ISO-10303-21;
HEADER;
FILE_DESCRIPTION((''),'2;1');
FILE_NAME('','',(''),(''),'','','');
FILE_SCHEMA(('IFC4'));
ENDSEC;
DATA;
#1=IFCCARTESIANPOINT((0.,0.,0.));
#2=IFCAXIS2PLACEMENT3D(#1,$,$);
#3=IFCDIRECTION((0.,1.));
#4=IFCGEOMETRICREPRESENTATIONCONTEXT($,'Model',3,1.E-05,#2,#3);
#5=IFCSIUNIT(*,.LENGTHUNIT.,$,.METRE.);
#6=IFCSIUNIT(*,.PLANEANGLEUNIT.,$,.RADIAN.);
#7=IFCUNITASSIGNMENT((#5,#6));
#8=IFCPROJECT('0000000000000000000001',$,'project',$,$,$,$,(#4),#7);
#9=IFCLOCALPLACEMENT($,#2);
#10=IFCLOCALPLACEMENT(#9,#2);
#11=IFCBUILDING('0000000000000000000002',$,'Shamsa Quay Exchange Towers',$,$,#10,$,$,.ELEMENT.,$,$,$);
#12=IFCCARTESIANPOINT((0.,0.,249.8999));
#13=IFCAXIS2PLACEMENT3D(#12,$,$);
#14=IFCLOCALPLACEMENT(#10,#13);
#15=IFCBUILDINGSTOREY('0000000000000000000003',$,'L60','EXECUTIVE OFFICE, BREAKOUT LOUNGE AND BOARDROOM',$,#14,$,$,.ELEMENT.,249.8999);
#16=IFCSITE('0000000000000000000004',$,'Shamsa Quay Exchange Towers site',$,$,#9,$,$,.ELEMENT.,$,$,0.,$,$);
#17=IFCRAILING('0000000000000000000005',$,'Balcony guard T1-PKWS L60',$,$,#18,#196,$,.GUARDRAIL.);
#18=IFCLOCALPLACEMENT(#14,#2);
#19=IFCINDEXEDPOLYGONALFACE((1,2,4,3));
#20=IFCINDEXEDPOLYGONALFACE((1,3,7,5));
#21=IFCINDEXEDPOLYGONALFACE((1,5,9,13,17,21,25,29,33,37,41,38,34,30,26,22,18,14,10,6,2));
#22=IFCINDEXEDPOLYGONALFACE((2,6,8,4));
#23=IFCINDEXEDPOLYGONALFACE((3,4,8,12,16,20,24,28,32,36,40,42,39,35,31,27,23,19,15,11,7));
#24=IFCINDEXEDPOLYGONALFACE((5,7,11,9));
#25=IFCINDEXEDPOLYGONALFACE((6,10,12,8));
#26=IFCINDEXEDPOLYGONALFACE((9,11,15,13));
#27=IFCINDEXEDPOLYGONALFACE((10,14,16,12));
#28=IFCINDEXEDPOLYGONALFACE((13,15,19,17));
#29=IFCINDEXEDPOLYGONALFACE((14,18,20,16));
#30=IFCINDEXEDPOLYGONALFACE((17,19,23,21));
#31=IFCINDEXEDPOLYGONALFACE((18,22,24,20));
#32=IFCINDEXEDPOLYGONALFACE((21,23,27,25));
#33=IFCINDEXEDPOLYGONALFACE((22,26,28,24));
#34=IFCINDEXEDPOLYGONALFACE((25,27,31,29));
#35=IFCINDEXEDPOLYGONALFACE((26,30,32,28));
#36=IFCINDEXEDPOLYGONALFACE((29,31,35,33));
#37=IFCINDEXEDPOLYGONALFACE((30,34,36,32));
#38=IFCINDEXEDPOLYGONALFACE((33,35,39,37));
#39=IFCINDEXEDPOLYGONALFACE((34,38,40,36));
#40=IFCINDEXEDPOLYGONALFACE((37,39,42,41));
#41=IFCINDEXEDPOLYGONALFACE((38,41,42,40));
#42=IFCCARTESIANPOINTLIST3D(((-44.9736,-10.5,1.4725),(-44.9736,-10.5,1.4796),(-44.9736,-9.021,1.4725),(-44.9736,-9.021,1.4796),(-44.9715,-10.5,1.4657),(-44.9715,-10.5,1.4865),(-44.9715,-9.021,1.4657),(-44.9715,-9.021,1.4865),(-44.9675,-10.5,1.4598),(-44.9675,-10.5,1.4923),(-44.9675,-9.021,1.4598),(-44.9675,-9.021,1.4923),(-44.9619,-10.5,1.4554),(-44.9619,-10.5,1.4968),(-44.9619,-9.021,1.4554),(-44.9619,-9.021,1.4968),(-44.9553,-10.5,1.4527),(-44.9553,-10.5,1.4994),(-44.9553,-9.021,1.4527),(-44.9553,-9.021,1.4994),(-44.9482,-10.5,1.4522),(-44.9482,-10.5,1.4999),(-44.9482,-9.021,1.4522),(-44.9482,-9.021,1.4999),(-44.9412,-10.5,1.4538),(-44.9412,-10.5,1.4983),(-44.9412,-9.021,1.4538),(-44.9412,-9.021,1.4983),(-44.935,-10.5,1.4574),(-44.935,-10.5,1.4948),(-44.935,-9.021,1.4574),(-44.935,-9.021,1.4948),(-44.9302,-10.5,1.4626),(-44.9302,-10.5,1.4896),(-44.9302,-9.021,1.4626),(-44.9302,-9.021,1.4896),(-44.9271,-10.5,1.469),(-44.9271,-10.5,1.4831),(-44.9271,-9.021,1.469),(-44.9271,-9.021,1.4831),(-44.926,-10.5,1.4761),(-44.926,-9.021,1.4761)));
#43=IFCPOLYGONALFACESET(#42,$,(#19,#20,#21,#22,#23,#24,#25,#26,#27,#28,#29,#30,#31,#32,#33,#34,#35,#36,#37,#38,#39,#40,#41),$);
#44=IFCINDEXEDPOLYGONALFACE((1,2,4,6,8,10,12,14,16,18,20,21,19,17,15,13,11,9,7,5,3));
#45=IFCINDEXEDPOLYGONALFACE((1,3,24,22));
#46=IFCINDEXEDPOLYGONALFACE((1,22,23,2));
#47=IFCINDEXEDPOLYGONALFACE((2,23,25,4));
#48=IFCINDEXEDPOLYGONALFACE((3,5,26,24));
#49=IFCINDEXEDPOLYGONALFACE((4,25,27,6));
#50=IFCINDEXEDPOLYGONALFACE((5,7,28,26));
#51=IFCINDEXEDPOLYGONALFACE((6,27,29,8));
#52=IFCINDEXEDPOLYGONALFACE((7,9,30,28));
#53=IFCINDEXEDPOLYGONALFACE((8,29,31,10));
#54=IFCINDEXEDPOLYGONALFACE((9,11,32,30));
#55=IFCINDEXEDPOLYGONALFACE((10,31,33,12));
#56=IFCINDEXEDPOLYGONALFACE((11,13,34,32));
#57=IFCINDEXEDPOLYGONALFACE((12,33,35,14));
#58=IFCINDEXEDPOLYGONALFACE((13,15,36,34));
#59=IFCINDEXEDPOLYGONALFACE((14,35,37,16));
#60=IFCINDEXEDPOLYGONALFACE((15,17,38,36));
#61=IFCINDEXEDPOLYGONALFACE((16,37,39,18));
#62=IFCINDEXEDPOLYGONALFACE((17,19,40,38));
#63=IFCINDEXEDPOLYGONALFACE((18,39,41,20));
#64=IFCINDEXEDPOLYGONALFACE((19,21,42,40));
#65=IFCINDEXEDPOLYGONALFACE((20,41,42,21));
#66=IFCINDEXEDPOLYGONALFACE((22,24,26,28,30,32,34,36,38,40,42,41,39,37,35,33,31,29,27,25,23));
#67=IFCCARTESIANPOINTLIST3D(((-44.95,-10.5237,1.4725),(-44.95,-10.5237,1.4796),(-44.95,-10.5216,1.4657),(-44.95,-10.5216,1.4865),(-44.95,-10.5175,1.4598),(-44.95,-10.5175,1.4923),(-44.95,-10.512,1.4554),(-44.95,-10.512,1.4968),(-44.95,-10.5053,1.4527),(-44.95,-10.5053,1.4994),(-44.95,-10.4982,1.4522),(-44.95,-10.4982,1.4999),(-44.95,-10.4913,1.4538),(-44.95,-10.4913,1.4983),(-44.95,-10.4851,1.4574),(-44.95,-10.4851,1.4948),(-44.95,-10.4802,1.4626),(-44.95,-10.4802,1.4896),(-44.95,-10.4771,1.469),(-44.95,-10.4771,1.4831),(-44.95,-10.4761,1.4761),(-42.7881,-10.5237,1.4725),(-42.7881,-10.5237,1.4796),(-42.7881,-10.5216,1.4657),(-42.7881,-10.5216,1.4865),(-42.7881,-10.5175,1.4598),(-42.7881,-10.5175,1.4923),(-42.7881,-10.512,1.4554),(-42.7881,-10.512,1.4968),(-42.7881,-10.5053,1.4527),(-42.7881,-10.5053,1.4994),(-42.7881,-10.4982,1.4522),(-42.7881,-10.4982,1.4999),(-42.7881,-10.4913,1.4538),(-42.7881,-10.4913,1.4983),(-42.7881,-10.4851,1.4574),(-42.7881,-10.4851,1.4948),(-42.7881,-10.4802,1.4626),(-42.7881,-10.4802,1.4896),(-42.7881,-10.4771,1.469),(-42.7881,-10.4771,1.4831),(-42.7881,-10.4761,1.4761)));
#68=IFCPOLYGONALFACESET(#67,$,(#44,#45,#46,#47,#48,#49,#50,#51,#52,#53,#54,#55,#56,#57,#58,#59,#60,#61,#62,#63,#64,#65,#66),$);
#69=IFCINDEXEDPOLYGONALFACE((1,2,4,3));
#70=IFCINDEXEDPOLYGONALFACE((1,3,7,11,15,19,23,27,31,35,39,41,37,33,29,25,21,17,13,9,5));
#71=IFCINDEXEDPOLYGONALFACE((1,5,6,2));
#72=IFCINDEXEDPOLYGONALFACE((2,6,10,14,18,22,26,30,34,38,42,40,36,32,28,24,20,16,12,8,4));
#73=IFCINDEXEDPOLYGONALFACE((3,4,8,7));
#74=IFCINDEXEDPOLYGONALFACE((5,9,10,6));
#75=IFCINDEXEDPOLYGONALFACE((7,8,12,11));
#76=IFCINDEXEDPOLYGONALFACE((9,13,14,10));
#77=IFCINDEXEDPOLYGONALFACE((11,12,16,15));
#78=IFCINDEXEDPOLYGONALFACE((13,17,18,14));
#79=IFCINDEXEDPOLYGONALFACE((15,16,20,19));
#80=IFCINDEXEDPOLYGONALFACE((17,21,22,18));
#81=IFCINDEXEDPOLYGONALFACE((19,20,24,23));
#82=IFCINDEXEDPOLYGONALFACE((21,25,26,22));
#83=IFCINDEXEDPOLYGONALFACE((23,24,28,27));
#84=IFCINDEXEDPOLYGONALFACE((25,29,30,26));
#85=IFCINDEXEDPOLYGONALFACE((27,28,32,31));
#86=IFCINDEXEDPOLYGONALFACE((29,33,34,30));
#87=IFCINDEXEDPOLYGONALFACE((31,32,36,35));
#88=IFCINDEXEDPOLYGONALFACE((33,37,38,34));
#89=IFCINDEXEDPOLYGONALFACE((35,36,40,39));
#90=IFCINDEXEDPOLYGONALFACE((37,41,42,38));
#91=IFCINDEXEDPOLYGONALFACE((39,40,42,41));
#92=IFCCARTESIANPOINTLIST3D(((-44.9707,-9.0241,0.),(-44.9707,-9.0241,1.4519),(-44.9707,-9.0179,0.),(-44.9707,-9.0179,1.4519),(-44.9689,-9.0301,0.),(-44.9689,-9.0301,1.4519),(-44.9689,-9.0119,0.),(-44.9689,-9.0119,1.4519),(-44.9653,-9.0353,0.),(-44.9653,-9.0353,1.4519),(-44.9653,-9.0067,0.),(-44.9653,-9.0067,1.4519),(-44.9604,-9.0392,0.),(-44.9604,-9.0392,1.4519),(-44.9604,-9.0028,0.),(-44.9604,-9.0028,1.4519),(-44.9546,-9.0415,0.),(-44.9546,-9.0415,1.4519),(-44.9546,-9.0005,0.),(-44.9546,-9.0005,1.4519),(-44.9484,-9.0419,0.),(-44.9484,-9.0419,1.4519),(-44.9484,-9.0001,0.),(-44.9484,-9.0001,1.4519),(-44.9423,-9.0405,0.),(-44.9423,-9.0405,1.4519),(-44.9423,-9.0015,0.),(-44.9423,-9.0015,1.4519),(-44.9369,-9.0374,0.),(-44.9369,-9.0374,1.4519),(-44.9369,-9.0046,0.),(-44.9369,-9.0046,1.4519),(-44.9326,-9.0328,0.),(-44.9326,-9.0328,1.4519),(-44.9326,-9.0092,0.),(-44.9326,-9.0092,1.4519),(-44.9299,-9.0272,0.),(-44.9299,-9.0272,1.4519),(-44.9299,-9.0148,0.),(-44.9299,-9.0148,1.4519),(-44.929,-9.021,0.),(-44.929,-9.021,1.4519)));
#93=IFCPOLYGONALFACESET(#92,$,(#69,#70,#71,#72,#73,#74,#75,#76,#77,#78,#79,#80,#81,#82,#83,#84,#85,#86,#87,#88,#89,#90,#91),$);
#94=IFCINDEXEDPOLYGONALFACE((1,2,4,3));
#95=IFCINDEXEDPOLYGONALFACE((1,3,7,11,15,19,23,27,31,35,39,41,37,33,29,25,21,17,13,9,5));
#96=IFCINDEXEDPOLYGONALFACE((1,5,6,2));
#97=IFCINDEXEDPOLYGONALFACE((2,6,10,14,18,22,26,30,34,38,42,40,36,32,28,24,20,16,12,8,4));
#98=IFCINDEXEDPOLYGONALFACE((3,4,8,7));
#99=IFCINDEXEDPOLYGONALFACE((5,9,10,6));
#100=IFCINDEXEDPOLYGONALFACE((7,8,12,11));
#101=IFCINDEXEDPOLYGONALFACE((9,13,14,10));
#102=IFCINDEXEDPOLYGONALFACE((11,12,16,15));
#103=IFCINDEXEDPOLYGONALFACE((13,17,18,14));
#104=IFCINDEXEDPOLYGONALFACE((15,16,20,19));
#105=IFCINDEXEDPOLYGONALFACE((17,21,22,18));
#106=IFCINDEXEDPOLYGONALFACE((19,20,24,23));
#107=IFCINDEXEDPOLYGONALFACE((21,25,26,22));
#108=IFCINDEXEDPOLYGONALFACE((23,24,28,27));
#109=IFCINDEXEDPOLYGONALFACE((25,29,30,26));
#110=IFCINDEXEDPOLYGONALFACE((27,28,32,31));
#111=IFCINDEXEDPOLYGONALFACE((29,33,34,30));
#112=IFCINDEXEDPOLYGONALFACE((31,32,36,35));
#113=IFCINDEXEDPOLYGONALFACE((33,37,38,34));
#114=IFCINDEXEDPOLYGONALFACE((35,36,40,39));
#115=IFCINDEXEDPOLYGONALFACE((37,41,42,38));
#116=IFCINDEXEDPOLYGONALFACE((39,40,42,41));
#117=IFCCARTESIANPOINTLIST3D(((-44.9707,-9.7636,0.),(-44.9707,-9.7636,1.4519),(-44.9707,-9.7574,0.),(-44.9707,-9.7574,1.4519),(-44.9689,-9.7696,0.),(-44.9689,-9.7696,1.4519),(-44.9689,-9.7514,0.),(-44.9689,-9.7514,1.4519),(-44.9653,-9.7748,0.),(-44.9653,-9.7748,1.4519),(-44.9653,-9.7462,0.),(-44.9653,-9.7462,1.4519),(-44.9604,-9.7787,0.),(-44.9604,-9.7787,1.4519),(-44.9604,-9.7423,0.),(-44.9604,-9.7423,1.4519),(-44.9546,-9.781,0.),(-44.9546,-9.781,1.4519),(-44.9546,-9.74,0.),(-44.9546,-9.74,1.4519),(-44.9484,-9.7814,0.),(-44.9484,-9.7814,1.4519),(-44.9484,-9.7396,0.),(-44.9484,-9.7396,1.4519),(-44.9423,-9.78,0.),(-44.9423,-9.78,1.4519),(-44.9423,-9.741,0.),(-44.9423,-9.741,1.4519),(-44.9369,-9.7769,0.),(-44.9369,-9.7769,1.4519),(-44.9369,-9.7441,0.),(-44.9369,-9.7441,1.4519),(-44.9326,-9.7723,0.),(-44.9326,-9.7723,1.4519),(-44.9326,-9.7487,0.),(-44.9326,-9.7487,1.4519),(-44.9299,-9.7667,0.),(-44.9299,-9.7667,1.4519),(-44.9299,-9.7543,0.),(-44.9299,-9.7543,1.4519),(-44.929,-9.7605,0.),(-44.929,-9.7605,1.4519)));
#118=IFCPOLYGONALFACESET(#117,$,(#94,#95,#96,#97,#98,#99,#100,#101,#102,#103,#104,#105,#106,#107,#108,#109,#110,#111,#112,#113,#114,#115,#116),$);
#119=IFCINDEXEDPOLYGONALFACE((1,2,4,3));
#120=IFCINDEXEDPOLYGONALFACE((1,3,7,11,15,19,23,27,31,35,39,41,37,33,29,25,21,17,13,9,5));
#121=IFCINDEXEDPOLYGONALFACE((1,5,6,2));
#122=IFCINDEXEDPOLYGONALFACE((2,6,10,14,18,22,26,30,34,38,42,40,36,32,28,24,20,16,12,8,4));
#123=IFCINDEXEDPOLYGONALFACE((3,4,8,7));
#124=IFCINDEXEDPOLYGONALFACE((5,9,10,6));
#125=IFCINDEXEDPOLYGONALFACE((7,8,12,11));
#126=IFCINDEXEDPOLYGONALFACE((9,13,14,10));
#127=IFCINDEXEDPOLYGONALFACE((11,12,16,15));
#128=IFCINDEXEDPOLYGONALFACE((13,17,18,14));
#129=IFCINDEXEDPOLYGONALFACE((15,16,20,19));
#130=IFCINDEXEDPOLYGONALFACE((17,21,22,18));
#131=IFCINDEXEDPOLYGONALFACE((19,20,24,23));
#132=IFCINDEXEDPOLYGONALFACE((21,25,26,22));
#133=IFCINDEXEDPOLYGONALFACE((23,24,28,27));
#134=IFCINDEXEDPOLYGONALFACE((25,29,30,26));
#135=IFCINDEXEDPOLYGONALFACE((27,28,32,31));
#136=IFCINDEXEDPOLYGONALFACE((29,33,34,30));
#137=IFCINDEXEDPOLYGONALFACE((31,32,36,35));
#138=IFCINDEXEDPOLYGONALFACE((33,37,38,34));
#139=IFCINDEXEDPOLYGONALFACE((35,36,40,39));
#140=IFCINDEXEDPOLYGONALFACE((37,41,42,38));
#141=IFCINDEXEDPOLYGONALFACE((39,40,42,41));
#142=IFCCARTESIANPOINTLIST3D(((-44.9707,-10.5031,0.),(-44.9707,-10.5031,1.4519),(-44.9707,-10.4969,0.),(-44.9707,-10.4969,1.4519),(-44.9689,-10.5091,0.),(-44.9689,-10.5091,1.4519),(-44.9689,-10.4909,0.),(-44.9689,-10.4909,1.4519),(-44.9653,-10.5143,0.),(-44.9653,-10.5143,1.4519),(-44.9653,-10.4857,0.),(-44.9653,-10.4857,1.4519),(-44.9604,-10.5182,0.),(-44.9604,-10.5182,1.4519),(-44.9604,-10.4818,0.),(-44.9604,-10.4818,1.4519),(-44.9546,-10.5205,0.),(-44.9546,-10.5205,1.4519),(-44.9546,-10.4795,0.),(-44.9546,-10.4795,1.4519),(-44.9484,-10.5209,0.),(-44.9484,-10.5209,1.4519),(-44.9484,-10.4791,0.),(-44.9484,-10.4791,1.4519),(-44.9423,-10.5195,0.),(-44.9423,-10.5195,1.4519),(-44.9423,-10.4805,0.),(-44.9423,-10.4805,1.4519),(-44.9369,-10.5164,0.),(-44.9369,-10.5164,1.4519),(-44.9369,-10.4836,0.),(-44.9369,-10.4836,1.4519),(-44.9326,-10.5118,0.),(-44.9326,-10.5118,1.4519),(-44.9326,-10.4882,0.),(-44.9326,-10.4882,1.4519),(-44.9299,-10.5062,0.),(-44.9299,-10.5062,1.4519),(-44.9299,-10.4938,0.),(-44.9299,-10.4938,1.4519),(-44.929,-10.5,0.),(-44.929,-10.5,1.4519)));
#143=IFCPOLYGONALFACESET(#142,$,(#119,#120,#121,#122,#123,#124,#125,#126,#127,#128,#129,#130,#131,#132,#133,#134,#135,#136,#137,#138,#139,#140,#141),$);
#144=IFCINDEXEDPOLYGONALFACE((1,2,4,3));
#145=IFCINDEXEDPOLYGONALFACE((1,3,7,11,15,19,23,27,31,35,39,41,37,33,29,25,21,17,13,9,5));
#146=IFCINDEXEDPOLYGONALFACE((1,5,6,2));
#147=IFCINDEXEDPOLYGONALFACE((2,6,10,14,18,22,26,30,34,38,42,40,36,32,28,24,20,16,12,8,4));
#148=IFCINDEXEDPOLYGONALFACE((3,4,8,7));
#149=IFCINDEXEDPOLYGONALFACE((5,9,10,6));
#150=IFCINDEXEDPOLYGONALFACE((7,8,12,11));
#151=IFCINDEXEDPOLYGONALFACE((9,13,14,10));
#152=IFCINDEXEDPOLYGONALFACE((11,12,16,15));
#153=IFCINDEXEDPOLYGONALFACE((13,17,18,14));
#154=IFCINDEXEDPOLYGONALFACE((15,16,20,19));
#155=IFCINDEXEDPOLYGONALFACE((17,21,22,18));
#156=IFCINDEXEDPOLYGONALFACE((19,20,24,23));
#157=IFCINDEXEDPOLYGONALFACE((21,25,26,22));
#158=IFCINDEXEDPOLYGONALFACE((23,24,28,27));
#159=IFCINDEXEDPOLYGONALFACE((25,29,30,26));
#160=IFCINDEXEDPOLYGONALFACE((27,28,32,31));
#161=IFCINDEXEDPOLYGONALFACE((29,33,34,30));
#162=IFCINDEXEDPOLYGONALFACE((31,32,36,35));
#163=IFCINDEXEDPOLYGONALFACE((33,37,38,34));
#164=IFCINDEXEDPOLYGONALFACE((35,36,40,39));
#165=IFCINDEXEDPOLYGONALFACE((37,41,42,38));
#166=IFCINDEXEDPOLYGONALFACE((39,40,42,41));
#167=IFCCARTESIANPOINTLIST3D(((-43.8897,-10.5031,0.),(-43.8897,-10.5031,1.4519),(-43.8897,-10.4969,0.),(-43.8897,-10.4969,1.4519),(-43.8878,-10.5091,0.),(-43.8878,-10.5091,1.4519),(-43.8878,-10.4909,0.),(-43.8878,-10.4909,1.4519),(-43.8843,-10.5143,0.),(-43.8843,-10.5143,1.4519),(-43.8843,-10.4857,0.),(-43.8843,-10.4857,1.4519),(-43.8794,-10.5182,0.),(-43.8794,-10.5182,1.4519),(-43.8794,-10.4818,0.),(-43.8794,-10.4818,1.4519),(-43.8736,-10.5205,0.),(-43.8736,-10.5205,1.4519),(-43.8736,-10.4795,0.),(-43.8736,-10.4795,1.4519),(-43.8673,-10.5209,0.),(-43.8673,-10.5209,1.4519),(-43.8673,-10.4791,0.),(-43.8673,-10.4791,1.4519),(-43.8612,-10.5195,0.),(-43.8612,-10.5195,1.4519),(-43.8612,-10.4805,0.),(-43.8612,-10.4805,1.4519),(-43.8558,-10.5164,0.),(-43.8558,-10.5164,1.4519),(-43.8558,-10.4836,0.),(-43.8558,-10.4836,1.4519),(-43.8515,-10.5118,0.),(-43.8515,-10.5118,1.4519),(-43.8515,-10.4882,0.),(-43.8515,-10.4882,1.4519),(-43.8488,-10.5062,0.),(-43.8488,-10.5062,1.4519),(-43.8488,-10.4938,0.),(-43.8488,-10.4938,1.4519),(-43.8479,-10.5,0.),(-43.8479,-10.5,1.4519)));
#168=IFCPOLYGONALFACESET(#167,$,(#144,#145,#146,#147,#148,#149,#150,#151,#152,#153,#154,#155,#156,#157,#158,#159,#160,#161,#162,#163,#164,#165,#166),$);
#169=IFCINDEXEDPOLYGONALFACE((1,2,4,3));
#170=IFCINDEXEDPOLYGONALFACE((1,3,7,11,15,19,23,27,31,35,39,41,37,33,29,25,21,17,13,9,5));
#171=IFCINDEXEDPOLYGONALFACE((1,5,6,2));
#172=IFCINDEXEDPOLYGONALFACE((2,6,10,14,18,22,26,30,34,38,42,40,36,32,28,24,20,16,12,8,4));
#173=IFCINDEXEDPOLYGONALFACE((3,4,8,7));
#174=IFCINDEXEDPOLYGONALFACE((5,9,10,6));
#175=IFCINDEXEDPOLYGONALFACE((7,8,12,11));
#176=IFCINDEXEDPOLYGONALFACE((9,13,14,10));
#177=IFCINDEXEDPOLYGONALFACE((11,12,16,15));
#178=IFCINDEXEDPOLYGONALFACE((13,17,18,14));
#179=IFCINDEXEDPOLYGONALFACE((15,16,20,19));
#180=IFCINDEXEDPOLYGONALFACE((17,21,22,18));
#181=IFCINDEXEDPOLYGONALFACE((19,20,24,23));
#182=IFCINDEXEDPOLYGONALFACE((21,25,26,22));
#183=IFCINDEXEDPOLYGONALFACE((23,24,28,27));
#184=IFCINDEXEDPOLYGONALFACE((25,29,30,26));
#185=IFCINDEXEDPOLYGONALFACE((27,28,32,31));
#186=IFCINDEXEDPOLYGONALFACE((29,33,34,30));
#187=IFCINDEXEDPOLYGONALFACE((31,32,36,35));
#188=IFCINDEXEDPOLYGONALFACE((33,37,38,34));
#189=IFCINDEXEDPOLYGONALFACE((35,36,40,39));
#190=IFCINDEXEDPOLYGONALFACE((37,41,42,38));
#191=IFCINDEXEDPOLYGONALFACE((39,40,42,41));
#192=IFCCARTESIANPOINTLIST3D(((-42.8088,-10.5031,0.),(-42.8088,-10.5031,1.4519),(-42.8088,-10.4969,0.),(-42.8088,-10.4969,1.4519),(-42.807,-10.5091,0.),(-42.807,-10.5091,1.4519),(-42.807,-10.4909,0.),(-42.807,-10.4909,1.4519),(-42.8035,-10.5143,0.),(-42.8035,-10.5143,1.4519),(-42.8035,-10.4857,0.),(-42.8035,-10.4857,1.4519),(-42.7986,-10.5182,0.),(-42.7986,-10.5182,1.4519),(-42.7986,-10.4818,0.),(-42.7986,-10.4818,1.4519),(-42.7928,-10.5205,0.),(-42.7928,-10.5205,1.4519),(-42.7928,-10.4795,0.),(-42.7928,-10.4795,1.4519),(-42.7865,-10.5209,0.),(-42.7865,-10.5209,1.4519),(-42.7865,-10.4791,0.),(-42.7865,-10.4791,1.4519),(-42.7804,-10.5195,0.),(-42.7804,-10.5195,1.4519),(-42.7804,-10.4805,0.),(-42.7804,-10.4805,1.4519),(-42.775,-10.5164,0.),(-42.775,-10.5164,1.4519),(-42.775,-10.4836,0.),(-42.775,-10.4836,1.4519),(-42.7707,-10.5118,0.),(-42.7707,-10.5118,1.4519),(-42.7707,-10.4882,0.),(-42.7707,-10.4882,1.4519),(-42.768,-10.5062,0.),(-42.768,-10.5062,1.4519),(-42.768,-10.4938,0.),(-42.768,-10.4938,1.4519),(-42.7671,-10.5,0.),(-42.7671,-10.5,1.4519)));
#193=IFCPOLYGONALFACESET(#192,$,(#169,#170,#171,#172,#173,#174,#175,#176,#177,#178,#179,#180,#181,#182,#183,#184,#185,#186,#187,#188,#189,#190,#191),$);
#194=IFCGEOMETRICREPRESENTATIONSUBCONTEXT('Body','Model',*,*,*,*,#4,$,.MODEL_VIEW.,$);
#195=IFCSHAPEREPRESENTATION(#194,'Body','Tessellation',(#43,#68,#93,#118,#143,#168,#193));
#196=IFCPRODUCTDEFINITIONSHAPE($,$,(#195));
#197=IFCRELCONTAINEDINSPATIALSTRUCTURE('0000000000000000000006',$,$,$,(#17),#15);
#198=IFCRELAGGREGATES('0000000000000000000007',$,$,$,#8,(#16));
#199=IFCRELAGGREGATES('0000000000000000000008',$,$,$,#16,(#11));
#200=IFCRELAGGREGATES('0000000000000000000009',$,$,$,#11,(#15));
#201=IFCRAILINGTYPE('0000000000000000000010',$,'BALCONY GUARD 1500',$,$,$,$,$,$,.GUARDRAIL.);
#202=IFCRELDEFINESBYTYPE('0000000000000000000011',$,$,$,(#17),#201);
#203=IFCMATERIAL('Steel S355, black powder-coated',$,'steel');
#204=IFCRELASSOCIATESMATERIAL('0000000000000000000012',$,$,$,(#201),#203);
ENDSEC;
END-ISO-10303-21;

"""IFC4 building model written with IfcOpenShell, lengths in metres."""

from ifc_helpers import new_model, si_unit, direction, frame, origin, origin_2d, place, context, subcontext, project, spatial, circle, extrude, material, type_object, element, save


model = new_model("IFC4")

# Units and contexts
model_context = context("Model", 3, precision=1e-05, world=origin(), true_north=direction((0.0, 1.0)))
body_context = subcontext(model_context, "Body", "Model", "MODEL_VIEW")
ifc_project = project(units=[si_unit("LENGTHUNIT", "METRE"), si_unit("PLANEANGLEUNIT", "RADIAN")], contexts=[model_context])

# Site, building, storey
site_placement = place(None, origin())
site = spatial("IfcSite", under=ifc_project, at=site_placement, Name="Shamsa Quay Exchange Towers site", CompositionType="ELEMENT", RefElevation=0.0)
building_placement = place(site_placement, origin())
building = spatial("IfcBuilding", under=site, at=building_placement, Name="Shamsa Quay Exchange Towers", CompositionType="ELEMENT")
storey_placement = place(building_placement, frame((0.0, 0.0, 249.8999)))
storey = spatial("IfcBuildingStorey", under=building, at=storey_placement, Name="L60", Description="EXECUTIVE OFFICE, BREAKOUT LOUNGE AND BOARDROOM", CompositionType="ELEMENT", Elevation=249.8999)

# Railing
ifc_material_1 = material(Name="Steel S355, black powder-coated", Category="steel")
railing_type_1 = type_object("IfcRailingType", Name="BALCONY GUARD 1500", PredefinedType="GUARDRAIL", material=ifc_material_1)
for number, where, name in (
    (1, (-44.95, -9.021, 0.0), "Balcony guard T1-PKWS L60"),
):
    element("IfcRailing", number, at=place(storey_placement, frame(where)), inside=storey, type_object=railing_type_1, Name=name, PredefinedType="GUARDRAIL", context=body_context, shape_type="SweptSolid", body=[
        extrude(circle(Radius=0.0239, at=origin_2d()), frame((0.0, 0.0, 1.4761), z_axis=(0.0, -1.0, 0.0), x_axis=(1.0, 0.0, 0.0)), (0.0, 0.0, 1.0), 1.479),
        extrude(circle(Radius=0.0239, at=origin_2d()), frame((0.0, -1.479, 1.4761), z_axis=(1.0, 0.0, 0.0), x_axis=(0.0, 1.0, 0.0)), (0.0, 0.0, 1.0), 2.1619),
        extrude(circle(Radius=0.021, at=origin_2d()), origin(), (0.0, 0.0, 1.0), 1.4519),
        extrude(circle(Radius=0.021, at=origin_2d()), frame((0.0, -0.7395, 0.0)), (0.0, 0.0, 1.0), 1.4519),
        extrude(circle(Radius=0.021, at=origin_2d()), frame((0.0, -1.479, 0.0)), (0.0, 0.0, 1.0), 1.4519),
        extrude(circle(Radius=0.021, at=origin_2d()), frame((1.0811, -1.479, 0.0)), (0.0, 0.0, 1.0), 1.4519),
        extrude(circle(Radius=0.021, at=origin_2d()), frame((2.1619, -1.479, 0.0)), (0.0, 0.0, 1.0), 1.4519),
    ])

save(model, "model.ifc")
